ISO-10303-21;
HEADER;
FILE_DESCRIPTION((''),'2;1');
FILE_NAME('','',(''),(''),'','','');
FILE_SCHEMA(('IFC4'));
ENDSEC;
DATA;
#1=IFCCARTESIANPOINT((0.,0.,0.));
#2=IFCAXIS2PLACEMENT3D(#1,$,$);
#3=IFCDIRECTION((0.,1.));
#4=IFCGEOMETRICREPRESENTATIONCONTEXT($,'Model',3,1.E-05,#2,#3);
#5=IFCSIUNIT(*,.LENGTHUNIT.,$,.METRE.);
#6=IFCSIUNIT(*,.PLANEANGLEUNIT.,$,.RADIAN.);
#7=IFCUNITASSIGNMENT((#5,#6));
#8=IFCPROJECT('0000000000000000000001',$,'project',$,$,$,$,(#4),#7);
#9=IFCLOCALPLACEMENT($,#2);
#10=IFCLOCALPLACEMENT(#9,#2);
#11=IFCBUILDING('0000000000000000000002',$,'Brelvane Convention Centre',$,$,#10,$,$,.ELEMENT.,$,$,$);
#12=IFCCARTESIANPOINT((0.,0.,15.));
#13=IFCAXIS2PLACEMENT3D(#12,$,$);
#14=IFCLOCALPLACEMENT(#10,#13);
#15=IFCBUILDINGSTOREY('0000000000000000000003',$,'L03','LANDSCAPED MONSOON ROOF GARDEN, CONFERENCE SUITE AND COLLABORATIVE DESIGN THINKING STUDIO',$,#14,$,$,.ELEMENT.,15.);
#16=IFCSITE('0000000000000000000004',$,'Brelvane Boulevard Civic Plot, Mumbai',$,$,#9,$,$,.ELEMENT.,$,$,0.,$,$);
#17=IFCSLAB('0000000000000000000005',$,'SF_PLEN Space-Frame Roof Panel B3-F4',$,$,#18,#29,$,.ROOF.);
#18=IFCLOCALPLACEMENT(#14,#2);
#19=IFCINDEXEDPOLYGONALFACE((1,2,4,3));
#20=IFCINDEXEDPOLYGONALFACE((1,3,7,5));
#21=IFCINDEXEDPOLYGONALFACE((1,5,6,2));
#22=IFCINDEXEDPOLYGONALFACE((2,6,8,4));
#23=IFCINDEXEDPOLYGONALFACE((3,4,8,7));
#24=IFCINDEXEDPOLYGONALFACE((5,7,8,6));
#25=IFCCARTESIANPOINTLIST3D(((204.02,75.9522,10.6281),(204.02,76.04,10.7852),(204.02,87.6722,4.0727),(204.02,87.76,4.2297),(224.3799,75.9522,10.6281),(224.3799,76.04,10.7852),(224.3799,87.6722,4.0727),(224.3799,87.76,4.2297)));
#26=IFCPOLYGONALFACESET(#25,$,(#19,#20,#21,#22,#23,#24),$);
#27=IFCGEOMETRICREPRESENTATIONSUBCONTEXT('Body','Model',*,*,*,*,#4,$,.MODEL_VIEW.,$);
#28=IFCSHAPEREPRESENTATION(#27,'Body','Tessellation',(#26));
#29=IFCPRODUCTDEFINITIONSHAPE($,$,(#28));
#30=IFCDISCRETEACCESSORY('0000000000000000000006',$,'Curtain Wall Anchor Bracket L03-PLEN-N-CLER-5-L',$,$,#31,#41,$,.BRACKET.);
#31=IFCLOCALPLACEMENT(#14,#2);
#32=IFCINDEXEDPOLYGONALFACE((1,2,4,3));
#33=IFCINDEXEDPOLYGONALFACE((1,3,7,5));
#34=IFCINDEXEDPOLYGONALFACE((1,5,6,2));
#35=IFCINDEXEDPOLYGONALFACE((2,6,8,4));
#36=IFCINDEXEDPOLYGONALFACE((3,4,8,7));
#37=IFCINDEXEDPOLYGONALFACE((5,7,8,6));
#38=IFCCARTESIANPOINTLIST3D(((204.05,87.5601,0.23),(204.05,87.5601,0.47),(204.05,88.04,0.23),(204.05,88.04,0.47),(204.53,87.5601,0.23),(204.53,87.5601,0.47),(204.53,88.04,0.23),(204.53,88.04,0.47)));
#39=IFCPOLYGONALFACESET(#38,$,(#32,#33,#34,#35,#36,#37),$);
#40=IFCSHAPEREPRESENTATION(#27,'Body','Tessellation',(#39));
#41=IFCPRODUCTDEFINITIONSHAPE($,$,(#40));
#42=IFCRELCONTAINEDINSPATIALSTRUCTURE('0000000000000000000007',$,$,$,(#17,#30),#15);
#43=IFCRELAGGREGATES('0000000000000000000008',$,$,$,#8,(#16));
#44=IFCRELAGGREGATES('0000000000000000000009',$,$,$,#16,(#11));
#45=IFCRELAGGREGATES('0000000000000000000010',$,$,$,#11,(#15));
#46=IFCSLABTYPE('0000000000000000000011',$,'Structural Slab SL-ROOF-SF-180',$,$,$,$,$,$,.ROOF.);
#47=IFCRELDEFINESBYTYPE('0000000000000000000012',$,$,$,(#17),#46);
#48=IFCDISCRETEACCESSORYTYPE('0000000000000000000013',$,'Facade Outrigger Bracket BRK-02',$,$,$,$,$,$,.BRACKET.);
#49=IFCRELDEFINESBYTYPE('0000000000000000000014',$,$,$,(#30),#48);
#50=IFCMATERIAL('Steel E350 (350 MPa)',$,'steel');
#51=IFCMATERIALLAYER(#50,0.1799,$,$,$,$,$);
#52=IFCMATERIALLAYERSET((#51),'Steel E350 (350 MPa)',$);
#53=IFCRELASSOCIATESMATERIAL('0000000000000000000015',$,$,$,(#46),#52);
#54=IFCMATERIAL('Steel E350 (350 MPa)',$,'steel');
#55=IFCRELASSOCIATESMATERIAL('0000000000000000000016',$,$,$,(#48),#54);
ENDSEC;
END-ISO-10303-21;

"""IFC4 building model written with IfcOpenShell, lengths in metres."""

from ifc_helpers import new_model, si_unit, direction, frame, origin, origin_2d, place, context, subcontext, project, spatial, polyline, rectangle, outline, extrude, material, layer, layer_set, type_object, element, save


model = new_model("IFC4")

# Units and contexts
model_context = context("Model", 3, precision=1e-05, world=origin(), true_north=direction((0.0, 1.0)))
body_context = subcontext(model_context, "Body", "Model", "MODEL_VIEW")
ifc_project = project(units=[si_unit("LENGTHUNIT", "METRE"), si_unit("PLANEANGLEUNIT", "RADIAN")], contexts=[model_context])

# Site, building, storey
site_placement = place(None, origin())
site = spatial("IfcSite", under=ifc_project, at=site_placement, Name="Brelvane Boulevard Civic Plot, Mumbai", CompositionType="ELEMENT", RefElevation=0.0)
building_placement = place(site_placement, origin())
building = spatial("IfcBuilding", under=site, at=building_placement, Name="Brelvane Convention Centre", CompositionType="ELEMENT")
storey_placement = place(building_placement, frame((0.0, 0.0, 15.0)))
storey = spatial("IfcBuildingStorey", under=building, at=storey_placement, Name="L03", Description="LANDSCAPED MONSOON ROOF GARDEN, CONFERENCE SUITE AND COLLABORATIVE DESIGN THINKING STUDIO", CompositionType="ELEMENT", Elevation=15.0)

# Slab
ifc_material_1 = material(Name="Steel E350 (350 MPa)", Category="steel")
ifc_layer_1 = layer(ifc_material_1, 0.1799)
ifc_layer_set_1 = layer_set([ifc_layer_1], Name="Steel E350 (350 MPa)")
slab_type = type_object("IfcSlabType", Name="Structural Slab SL-ROOF-SF-180", PredefinedType="ROOF", material=ifc_layer_set_1)
slab_placement = place(storey_placement, frame((204.02, 76.04, 10.7852), z_axis=(0.0, 0.488163, 0.872752), x_axis=(1.0, 0.0, 0.0)))
element("IfcSlab", 1, at=slab_placement, inside=storey, type_object=slab_type, Name="SF_PLEN Space-Frame Roof Panel B3-F4", PredefinedType="ROOF", context=body_context, shape_type="SweptSolid", body=[
    extrude(outline(polyline([(0.0, 0.0), (20.3599, 0.0), (20.3599, 13.4287), (0.0, 13.4287), (0.0, 0.0)])), origin(), (0.0, 0.0, -1.0), 0.1799),
])

# Discrete accessory
ifc_material_2 = material(Name="Steel E350 (350 MPa)", Category="steel")
discrete_accessory_type = type_object("IfcDiscreteAccessoryType", Name="Facade Outrigger Bracket BRK-02", PredefinedType="BRACKET", material=ifc_material_2)
discrete_accessory_placement = place(storey_placement, frame((204.29, 87.8, 0.23), z_axis=(0.0, 0.0, 1.0), x_axis=(1.0, 0.0, 0.0)))
element("IfcDiscreteAccessory", 2, at=discrete_accessory_placement, inside=storey, type_object=discrete_accessory_type, Name="Curtain Wall Anchor Bracket L03-PLEN-N-CLER-5-L", PredefinedType="BRACKET", context=body_context, shape_type="SweptSolid", body=[
    extrude(rectangle(XDim=0.48, YDim=0.48, at=origin_2d()), origin(), (0.0, 0.0, 1.0), 0.24),
])

save(model, "model.ifc")
